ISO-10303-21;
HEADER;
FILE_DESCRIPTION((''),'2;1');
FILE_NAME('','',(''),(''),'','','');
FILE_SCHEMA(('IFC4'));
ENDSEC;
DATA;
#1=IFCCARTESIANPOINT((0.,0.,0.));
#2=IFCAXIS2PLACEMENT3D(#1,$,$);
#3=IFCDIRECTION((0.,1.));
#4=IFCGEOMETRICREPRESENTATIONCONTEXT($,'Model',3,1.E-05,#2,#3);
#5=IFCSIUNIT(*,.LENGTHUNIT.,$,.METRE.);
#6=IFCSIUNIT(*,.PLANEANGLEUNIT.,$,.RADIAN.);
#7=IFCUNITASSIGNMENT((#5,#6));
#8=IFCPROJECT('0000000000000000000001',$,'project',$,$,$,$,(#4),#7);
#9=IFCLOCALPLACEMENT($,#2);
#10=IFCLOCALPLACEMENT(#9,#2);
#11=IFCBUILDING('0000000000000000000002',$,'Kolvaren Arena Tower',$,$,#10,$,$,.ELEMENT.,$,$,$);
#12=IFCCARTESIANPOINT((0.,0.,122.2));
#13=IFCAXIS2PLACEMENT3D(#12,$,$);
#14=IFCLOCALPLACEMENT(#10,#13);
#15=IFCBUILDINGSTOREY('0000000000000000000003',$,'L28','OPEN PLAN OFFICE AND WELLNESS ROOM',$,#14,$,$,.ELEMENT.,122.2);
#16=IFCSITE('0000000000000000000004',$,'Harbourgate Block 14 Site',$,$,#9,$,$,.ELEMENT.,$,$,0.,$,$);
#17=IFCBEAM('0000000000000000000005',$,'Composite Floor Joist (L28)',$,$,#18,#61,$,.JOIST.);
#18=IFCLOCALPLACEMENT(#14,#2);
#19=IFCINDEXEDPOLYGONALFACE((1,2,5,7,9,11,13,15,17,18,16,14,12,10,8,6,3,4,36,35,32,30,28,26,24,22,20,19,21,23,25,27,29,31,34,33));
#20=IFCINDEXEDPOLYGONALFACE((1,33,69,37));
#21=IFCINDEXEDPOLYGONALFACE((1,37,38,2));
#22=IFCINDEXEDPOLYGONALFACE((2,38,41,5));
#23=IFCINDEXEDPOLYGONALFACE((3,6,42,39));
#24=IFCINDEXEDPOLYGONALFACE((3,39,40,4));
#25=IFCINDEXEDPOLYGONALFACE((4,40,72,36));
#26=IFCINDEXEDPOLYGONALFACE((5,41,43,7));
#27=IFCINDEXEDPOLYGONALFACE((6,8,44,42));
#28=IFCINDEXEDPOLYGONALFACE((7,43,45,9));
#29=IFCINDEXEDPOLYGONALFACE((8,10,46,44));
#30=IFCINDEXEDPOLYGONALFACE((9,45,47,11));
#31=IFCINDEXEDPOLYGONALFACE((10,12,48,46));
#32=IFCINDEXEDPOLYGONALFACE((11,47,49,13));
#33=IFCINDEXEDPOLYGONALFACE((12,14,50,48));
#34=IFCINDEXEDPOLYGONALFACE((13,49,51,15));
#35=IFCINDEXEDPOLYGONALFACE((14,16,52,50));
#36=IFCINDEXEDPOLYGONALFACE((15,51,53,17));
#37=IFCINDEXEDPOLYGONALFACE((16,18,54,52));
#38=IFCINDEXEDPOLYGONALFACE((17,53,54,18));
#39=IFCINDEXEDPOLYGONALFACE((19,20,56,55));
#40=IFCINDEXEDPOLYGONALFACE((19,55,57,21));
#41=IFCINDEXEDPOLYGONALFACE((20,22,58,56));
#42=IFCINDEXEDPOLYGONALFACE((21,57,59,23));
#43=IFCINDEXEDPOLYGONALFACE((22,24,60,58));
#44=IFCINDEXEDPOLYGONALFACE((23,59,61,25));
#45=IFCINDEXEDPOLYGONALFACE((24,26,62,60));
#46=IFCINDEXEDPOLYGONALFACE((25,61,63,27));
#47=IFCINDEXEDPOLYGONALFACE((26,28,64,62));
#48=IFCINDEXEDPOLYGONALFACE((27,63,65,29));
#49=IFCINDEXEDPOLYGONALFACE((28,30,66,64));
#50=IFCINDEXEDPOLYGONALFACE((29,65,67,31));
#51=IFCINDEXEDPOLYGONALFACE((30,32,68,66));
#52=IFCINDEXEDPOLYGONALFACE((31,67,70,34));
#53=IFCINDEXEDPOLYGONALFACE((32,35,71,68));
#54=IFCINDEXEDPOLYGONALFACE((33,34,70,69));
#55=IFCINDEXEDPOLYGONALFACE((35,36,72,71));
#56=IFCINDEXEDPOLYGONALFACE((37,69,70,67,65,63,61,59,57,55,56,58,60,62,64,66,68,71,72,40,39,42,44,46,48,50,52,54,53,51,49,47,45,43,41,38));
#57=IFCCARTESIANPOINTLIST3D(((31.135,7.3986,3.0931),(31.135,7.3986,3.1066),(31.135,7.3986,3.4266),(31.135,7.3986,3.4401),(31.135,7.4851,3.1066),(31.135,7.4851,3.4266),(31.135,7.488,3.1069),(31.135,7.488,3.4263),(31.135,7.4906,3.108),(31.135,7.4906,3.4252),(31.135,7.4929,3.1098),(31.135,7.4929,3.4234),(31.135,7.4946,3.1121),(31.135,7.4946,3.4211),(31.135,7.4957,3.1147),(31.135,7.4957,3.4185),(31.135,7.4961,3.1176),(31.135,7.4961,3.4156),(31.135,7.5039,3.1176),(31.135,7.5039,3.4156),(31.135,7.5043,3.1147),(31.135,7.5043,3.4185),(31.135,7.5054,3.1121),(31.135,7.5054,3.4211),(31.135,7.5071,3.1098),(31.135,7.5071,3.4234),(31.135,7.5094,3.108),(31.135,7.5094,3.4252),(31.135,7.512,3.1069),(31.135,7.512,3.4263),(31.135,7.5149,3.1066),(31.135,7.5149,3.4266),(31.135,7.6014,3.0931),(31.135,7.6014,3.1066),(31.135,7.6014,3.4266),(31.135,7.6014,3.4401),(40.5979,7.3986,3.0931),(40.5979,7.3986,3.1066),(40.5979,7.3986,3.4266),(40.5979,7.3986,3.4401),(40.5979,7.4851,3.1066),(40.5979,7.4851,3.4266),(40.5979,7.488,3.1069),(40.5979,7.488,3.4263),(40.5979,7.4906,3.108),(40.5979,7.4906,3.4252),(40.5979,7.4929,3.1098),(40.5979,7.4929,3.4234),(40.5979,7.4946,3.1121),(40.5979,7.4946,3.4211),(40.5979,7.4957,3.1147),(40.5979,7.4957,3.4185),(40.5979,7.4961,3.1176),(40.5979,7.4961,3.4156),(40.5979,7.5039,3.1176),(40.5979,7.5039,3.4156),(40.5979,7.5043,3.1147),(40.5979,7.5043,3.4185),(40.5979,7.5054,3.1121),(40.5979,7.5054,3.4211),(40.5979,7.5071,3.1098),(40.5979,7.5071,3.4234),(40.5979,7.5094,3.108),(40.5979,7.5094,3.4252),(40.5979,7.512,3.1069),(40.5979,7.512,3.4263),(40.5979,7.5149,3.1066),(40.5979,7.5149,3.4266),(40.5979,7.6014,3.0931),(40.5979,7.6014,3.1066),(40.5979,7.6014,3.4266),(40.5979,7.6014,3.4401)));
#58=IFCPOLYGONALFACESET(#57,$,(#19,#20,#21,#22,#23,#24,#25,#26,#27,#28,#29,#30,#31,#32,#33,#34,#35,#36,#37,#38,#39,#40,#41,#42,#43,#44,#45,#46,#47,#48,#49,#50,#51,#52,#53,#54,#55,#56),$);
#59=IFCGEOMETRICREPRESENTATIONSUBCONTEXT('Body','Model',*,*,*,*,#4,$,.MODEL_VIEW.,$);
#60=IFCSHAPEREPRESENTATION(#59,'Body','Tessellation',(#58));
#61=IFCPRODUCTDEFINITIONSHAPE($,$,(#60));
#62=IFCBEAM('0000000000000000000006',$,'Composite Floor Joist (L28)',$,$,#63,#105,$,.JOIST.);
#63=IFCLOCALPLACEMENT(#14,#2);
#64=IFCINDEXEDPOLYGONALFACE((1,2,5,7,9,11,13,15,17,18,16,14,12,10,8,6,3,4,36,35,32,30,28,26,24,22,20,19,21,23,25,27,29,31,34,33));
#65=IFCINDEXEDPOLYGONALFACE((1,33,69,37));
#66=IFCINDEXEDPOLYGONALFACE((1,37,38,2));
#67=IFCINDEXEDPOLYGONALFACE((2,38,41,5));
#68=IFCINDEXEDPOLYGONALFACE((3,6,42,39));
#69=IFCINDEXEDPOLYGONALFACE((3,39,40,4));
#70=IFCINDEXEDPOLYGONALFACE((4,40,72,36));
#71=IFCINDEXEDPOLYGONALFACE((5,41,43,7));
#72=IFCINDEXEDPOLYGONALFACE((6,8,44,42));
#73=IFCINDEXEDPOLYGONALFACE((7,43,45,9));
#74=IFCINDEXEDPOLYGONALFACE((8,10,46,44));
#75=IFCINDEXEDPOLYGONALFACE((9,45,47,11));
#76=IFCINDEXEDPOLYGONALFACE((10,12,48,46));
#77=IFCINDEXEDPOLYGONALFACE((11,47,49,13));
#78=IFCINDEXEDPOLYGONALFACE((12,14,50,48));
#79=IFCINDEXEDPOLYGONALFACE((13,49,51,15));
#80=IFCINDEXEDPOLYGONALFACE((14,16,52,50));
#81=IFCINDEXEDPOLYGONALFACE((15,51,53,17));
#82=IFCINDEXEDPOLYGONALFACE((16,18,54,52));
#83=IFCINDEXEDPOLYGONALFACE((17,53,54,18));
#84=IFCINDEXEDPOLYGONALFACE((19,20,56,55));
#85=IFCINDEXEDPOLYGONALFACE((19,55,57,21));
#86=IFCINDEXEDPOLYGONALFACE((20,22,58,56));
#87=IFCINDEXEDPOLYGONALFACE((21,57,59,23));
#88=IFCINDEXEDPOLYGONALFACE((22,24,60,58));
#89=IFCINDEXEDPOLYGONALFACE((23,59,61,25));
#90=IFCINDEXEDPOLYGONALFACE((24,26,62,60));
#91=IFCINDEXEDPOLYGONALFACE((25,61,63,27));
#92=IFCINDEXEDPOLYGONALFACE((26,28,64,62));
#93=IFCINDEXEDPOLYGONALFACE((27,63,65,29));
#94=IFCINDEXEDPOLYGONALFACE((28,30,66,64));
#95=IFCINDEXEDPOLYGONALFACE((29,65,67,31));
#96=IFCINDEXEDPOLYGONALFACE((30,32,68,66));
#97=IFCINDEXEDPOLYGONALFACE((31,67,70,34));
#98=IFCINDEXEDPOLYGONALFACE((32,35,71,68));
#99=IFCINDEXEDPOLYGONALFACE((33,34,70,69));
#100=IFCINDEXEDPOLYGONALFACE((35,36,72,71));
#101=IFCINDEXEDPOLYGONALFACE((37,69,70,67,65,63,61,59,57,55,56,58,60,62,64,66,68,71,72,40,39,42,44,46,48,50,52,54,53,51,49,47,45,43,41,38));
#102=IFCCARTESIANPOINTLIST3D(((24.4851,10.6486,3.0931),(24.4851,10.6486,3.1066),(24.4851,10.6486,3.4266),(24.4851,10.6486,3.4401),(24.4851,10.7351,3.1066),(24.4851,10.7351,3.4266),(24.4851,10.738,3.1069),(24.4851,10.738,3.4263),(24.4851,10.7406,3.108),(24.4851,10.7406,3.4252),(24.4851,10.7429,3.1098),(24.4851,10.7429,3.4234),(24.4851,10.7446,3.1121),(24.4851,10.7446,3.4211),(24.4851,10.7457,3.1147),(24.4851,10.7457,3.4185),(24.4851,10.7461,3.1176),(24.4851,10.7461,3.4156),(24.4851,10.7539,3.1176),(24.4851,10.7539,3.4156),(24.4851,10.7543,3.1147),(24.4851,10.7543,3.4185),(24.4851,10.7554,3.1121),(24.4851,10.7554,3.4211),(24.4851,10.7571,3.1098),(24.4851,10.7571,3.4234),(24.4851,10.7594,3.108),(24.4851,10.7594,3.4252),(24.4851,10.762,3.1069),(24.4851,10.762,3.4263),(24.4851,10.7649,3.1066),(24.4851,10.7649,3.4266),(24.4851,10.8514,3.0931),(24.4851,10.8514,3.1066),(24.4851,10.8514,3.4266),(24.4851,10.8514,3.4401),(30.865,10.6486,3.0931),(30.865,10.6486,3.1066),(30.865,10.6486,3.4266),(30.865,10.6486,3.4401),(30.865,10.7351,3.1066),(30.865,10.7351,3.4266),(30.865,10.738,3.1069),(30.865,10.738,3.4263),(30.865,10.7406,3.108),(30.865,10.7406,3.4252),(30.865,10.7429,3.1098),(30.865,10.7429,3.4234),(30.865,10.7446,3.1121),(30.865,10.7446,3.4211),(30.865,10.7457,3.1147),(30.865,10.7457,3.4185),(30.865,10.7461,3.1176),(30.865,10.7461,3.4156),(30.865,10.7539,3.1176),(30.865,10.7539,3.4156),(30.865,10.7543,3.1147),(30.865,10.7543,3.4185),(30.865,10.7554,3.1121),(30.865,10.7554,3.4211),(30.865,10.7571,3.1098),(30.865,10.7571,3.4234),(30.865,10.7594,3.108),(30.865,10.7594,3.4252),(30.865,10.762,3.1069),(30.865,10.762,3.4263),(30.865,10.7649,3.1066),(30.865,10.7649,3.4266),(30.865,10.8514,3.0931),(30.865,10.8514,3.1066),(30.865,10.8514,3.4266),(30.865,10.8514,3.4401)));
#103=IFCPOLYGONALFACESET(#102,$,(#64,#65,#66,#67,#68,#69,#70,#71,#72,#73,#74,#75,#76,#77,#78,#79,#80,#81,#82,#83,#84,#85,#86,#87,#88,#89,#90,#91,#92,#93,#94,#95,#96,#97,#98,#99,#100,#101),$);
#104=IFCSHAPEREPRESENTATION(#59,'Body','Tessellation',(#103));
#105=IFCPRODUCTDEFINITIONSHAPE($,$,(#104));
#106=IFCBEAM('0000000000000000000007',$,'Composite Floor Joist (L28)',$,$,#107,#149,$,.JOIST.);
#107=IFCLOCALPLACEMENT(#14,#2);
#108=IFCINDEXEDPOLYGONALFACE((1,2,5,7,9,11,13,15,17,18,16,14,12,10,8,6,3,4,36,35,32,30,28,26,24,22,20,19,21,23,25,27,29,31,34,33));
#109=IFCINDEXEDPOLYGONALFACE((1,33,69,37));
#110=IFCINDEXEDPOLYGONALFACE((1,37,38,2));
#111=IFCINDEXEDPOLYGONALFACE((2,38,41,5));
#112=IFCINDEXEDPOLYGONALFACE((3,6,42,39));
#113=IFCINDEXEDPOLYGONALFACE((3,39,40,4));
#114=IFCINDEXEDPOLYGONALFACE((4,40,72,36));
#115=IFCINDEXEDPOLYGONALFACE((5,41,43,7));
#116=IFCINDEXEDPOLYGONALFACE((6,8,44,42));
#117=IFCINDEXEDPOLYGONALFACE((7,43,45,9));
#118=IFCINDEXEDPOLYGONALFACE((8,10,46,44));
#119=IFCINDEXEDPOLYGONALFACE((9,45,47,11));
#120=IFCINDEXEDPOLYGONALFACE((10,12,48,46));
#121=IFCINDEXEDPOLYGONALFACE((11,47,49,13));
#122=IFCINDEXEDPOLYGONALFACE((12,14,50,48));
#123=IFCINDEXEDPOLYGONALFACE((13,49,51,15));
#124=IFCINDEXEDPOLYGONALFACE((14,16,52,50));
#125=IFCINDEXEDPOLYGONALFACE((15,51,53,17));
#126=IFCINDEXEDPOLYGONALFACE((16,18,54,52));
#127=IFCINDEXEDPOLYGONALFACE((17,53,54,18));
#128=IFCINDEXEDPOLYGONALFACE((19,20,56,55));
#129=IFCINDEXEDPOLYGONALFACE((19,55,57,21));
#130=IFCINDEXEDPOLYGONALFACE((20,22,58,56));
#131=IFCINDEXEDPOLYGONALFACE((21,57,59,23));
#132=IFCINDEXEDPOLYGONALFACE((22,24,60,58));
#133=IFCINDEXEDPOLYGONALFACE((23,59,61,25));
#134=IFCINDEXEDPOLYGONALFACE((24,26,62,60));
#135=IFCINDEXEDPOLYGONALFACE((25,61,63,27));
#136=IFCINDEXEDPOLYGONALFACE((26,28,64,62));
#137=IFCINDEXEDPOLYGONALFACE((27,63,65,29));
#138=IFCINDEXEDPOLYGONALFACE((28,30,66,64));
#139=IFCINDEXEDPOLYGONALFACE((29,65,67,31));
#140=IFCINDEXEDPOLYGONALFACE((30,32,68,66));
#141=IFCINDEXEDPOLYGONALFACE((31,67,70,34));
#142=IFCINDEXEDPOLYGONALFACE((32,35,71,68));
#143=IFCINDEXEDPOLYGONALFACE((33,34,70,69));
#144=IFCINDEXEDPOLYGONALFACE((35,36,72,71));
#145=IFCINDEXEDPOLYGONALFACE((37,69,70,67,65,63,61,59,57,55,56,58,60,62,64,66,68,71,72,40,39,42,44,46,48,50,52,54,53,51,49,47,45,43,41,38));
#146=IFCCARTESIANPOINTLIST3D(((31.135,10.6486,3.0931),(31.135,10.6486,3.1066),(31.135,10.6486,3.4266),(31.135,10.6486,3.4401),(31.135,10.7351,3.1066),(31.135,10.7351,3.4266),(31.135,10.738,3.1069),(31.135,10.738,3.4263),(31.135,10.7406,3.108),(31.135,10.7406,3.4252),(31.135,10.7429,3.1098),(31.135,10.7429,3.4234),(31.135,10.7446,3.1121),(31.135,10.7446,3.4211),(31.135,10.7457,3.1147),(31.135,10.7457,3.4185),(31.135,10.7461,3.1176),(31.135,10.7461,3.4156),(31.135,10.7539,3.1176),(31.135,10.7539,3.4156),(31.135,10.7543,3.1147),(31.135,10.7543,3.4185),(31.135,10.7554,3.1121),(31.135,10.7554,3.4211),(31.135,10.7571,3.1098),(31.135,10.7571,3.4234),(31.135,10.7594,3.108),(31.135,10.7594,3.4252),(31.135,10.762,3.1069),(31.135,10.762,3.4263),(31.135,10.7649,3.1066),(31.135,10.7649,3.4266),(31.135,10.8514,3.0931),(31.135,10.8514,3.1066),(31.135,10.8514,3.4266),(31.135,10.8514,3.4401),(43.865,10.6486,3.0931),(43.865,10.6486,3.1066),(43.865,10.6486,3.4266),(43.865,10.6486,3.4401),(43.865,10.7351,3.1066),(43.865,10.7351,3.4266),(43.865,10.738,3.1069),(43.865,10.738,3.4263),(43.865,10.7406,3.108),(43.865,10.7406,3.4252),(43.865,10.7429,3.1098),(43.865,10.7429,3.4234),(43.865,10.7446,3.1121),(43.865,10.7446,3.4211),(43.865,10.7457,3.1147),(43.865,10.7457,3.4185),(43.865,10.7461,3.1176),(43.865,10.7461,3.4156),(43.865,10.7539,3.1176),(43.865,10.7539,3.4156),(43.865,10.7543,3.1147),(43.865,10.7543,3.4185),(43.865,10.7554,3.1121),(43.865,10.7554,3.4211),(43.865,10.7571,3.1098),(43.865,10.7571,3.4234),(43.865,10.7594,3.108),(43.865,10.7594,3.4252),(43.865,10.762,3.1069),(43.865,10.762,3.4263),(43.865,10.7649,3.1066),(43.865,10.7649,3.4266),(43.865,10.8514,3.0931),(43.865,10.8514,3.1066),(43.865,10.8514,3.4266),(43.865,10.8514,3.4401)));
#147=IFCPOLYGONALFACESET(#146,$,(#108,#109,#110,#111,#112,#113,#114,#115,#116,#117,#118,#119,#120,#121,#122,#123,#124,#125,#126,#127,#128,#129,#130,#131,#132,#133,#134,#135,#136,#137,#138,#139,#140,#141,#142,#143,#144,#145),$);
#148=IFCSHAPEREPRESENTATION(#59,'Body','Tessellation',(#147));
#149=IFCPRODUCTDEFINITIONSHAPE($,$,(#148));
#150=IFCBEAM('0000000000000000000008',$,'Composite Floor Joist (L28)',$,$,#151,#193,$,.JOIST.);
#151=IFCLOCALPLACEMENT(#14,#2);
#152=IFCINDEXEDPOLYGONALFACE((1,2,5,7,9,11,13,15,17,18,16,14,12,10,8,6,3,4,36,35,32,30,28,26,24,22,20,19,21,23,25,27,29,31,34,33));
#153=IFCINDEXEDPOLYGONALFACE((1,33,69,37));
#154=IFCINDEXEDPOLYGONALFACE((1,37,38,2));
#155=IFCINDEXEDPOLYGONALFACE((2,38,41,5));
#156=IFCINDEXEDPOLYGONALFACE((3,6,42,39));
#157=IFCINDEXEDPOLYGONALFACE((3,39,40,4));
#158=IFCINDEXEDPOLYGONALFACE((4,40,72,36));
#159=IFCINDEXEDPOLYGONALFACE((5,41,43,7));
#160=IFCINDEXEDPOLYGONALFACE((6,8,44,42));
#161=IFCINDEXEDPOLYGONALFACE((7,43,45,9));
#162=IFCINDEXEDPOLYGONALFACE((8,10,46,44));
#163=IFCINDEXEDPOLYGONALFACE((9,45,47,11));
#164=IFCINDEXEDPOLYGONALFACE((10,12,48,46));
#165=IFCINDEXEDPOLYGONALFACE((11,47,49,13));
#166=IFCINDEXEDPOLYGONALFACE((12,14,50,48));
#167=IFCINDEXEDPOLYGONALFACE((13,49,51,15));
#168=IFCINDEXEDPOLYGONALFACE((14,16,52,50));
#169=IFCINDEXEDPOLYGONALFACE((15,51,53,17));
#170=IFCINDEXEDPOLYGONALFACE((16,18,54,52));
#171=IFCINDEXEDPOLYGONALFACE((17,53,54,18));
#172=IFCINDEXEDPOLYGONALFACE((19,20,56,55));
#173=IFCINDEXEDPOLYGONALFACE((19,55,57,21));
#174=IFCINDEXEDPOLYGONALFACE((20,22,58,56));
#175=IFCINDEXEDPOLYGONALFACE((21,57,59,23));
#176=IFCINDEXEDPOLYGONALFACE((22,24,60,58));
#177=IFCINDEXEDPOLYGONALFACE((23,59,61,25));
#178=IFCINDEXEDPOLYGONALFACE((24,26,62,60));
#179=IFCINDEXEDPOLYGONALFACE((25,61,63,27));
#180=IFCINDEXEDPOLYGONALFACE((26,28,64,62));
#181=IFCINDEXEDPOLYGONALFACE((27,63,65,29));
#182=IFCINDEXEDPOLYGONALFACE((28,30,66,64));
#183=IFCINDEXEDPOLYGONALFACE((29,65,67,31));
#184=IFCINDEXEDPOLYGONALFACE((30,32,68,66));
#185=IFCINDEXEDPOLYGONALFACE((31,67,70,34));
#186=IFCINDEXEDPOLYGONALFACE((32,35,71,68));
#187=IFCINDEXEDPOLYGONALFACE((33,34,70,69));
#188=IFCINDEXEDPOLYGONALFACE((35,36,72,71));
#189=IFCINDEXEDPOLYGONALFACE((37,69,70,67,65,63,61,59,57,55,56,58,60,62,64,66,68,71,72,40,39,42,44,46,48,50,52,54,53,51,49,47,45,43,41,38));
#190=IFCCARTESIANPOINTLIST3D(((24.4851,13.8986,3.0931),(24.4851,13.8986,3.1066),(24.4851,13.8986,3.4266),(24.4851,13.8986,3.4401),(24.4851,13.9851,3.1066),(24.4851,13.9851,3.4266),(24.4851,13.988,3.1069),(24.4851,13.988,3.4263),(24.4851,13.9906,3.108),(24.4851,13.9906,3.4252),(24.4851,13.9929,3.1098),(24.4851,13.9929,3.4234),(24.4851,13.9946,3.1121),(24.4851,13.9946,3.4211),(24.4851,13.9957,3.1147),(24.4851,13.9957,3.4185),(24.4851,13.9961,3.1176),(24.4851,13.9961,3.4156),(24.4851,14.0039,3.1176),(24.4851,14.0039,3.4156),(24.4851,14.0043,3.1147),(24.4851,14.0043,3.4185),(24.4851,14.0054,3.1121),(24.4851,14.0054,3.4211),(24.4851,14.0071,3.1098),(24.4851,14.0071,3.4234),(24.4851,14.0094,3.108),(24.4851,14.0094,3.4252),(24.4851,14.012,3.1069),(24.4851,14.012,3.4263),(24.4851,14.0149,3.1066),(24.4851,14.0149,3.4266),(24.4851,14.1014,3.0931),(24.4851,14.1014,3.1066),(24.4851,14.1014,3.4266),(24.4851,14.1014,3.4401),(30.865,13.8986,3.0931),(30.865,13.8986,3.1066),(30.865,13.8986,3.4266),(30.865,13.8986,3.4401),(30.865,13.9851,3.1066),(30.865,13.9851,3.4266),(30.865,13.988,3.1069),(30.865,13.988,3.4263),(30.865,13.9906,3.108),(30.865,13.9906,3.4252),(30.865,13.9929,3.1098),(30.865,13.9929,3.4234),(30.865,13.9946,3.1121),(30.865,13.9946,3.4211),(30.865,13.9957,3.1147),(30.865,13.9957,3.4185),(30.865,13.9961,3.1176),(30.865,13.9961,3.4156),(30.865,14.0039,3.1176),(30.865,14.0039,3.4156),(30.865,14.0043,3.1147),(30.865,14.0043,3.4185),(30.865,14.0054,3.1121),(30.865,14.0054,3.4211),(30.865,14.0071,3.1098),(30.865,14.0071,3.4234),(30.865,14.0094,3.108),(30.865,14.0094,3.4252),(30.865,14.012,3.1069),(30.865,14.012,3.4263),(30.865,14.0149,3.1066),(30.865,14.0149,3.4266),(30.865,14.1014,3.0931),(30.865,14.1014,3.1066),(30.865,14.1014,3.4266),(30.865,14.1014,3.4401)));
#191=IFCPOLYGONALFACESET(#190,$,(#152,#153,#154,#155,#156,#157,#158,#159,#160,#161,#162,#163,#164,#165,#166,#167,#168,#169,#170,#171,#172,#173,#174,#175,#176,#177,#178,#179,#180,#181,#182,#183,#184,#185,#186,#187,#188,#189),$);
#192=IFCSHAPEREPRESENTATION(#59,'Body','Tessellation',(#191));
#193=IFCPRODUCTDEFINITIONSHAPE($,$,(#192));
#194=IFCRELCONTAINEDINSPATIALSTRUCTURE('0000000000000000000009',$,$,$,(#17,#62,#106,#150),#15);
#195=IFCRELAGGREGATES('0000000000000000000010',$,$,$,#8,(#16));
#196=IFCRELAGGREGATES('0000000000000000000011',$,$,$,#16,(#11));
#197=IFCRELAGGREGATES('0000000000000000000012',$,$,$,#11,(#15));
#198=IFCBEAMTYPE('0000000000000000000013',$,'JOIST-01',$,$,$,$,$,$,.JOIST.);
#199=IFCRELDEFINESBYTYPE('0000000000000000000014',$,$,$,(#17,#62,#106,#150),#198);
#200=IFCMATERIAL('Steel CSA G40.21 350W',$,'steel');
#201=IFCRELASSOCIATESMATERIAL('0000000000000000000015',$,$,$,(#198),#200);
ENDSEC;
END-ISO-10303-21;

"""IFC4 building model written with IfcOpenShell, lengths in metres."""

from ifc_helpers import new_model, si_unit, direction, frame, origin, origin_2d, place, context, subcontext, project, spatial, i_section, extrude, material, material_profile, profile_set, type_object, element, save


model = new_model("IFC4")

# Units and contexts
model_context = context("Model", 3, precision=1e-05, world=origin(), true_north=direction((0.0, 1.0)))
body_context = subcontext(model_context, "Body", "Model", "MODEL_VIEW")
ifc_project = project(units=[si_unit("LENGTHUNIT", "METRE"), si_unit("PLANEANGLEUNIT", "RADIAN")], contexts=[model_context])

# Site, building, storey
site_placement = place(None, origin())
site = spatial("IfcSite", under=ifc_project, at=site_placement, Name="Harbourgate Block 14 Site", CompositionType="ELEMENT", RefElevation=0.0)
building_placement = place(site_placement, origin())
building = spatial("IfcBuilding", under=site, at=building_placement, Name="Kolvaren Arena Tower", CompositionType="ELEMENT")
storey_placement = place(building_placement, frame((0.0, 0.0, 122.2)))
storey = spatial("IfcBuildingStorey", under=building, at=storey_placement, Name="L28", Description="OPEN PLAN OFFICE AND WELLNESS ROOM", CompositionType="ELEMENT", Elevation=122.2)

# Beams
ifc_material_1 = material(Name="Steel CSA G40.21 350W", Category="steel")
ifc_material_profile_1 = material_profile(ifc_material_1, i_section(OverallWidth=0.2029, OverallDepth=0.3469, WebThickness=0.0078, FlangeThickness=0.0134, FilletRadius=0.011, at=origin_2d()), Name="W360x64")
ifc_profile_set_1 = profile_set([ifc_material_profile_1], Name="Steel CSA G40.21 350W")
beam_type_1 = type_object("IfcBeamType", Name="JOIST-01", PredefinedType="JOIST", material=ifc_profile_set_1)
beam_1_placement = place(storey_placement, frame((31.135, 7.5, 3.2666), z_axis=(1.0, 0.0, 0.0), x_axis=(0.0, 1.0, 0.0)))
element("IfcBeam", 1, at=beam_1_placement, inside=storey, type_object=beam_type_1, Name="Composite Floor Joist (L28)", PredefinedType="JOIST", context=body_context, shape_type="SweptSolid", body=[
    extrude(i_section(OverallWidth=0.2029, OverallDepth=0.3469, WebThickness=0.0078, FlangeThickness=0.0134, FilletRadius=0.011, at=origin_2d()), origin(), (0.0, 0.0, 1.0), 9.4629),
])
beam_2_placement = place(storey_placement, frame((24.4851, 10.75, 3.2666), z_axis=(1.0, 0.0, 0.0), x_axis=(0.0, 1.0, 0.0)))
element("IfcBeam", 2, at=beam_2_placement, inside=storey, type_object=beam_type_1, Name="Composite Floor Joist (L28)", PredefinedType="JOIST", context=body_context, shape_type="SweptSolid", body=[
    extrude(i_section(OverallWidth=0.2029, OverallDepth=0.3469, WebThickness=0.0078, FlangeThickness=0.0134, FilletRadius=0.011, at=origin_2d()), origin(), (0.0, 0.0, 1.0), 6.3799),
])
beam_3_placement = place(storey_placement, frame((31.135, 10.75, 3.2666), z_axis=(1.0, 0.0, 0.0), x_axis=(0.0, 1.0, 0.0)))
element("IfcBeam", 3, at=beam_3_placement, inside=storey, type_object=beam_type_1, Name="Composite Floor Joist (L28)", PredefinedType="JOIST", context=body_context, shape_type="SweptSolid", body=[
    extrude(i_section(OverallWidth=0.2029, OverallDepth=0.3469, WebThickness=0.0078, FlangeThickness=0.0134, FilletRadius=0.011, at=origin_2d()), origin(), (0.0, 0.0, 1.0), 12.73),
])
beam_4_placement = place(storey_placement, frame((24.4851, 14.0, 3.2666), z_axis=(1.0, 0.0, 0.0), x_axis=(0.0, 1.0, 0.0)))
element("IfcBeam", 4, at=beam_4_placement, inside=storey, type_object=beam_type_1, Name="Composite Floor Joist (L28)", PredefinedType="JOIST", context=body_context, shape_type="SweptSolid", body=[
    extrude(i_section(OverallWidth=0.2029, OverallDepth=0.3469, WebThickness=0.0078, FlangeThickness=0.0134, FilletRadius=0.011, at=origin_2d()), origin(), (0.0, 0.0, 1.0), 6.3799),
])

save(model, "model.ifc")
